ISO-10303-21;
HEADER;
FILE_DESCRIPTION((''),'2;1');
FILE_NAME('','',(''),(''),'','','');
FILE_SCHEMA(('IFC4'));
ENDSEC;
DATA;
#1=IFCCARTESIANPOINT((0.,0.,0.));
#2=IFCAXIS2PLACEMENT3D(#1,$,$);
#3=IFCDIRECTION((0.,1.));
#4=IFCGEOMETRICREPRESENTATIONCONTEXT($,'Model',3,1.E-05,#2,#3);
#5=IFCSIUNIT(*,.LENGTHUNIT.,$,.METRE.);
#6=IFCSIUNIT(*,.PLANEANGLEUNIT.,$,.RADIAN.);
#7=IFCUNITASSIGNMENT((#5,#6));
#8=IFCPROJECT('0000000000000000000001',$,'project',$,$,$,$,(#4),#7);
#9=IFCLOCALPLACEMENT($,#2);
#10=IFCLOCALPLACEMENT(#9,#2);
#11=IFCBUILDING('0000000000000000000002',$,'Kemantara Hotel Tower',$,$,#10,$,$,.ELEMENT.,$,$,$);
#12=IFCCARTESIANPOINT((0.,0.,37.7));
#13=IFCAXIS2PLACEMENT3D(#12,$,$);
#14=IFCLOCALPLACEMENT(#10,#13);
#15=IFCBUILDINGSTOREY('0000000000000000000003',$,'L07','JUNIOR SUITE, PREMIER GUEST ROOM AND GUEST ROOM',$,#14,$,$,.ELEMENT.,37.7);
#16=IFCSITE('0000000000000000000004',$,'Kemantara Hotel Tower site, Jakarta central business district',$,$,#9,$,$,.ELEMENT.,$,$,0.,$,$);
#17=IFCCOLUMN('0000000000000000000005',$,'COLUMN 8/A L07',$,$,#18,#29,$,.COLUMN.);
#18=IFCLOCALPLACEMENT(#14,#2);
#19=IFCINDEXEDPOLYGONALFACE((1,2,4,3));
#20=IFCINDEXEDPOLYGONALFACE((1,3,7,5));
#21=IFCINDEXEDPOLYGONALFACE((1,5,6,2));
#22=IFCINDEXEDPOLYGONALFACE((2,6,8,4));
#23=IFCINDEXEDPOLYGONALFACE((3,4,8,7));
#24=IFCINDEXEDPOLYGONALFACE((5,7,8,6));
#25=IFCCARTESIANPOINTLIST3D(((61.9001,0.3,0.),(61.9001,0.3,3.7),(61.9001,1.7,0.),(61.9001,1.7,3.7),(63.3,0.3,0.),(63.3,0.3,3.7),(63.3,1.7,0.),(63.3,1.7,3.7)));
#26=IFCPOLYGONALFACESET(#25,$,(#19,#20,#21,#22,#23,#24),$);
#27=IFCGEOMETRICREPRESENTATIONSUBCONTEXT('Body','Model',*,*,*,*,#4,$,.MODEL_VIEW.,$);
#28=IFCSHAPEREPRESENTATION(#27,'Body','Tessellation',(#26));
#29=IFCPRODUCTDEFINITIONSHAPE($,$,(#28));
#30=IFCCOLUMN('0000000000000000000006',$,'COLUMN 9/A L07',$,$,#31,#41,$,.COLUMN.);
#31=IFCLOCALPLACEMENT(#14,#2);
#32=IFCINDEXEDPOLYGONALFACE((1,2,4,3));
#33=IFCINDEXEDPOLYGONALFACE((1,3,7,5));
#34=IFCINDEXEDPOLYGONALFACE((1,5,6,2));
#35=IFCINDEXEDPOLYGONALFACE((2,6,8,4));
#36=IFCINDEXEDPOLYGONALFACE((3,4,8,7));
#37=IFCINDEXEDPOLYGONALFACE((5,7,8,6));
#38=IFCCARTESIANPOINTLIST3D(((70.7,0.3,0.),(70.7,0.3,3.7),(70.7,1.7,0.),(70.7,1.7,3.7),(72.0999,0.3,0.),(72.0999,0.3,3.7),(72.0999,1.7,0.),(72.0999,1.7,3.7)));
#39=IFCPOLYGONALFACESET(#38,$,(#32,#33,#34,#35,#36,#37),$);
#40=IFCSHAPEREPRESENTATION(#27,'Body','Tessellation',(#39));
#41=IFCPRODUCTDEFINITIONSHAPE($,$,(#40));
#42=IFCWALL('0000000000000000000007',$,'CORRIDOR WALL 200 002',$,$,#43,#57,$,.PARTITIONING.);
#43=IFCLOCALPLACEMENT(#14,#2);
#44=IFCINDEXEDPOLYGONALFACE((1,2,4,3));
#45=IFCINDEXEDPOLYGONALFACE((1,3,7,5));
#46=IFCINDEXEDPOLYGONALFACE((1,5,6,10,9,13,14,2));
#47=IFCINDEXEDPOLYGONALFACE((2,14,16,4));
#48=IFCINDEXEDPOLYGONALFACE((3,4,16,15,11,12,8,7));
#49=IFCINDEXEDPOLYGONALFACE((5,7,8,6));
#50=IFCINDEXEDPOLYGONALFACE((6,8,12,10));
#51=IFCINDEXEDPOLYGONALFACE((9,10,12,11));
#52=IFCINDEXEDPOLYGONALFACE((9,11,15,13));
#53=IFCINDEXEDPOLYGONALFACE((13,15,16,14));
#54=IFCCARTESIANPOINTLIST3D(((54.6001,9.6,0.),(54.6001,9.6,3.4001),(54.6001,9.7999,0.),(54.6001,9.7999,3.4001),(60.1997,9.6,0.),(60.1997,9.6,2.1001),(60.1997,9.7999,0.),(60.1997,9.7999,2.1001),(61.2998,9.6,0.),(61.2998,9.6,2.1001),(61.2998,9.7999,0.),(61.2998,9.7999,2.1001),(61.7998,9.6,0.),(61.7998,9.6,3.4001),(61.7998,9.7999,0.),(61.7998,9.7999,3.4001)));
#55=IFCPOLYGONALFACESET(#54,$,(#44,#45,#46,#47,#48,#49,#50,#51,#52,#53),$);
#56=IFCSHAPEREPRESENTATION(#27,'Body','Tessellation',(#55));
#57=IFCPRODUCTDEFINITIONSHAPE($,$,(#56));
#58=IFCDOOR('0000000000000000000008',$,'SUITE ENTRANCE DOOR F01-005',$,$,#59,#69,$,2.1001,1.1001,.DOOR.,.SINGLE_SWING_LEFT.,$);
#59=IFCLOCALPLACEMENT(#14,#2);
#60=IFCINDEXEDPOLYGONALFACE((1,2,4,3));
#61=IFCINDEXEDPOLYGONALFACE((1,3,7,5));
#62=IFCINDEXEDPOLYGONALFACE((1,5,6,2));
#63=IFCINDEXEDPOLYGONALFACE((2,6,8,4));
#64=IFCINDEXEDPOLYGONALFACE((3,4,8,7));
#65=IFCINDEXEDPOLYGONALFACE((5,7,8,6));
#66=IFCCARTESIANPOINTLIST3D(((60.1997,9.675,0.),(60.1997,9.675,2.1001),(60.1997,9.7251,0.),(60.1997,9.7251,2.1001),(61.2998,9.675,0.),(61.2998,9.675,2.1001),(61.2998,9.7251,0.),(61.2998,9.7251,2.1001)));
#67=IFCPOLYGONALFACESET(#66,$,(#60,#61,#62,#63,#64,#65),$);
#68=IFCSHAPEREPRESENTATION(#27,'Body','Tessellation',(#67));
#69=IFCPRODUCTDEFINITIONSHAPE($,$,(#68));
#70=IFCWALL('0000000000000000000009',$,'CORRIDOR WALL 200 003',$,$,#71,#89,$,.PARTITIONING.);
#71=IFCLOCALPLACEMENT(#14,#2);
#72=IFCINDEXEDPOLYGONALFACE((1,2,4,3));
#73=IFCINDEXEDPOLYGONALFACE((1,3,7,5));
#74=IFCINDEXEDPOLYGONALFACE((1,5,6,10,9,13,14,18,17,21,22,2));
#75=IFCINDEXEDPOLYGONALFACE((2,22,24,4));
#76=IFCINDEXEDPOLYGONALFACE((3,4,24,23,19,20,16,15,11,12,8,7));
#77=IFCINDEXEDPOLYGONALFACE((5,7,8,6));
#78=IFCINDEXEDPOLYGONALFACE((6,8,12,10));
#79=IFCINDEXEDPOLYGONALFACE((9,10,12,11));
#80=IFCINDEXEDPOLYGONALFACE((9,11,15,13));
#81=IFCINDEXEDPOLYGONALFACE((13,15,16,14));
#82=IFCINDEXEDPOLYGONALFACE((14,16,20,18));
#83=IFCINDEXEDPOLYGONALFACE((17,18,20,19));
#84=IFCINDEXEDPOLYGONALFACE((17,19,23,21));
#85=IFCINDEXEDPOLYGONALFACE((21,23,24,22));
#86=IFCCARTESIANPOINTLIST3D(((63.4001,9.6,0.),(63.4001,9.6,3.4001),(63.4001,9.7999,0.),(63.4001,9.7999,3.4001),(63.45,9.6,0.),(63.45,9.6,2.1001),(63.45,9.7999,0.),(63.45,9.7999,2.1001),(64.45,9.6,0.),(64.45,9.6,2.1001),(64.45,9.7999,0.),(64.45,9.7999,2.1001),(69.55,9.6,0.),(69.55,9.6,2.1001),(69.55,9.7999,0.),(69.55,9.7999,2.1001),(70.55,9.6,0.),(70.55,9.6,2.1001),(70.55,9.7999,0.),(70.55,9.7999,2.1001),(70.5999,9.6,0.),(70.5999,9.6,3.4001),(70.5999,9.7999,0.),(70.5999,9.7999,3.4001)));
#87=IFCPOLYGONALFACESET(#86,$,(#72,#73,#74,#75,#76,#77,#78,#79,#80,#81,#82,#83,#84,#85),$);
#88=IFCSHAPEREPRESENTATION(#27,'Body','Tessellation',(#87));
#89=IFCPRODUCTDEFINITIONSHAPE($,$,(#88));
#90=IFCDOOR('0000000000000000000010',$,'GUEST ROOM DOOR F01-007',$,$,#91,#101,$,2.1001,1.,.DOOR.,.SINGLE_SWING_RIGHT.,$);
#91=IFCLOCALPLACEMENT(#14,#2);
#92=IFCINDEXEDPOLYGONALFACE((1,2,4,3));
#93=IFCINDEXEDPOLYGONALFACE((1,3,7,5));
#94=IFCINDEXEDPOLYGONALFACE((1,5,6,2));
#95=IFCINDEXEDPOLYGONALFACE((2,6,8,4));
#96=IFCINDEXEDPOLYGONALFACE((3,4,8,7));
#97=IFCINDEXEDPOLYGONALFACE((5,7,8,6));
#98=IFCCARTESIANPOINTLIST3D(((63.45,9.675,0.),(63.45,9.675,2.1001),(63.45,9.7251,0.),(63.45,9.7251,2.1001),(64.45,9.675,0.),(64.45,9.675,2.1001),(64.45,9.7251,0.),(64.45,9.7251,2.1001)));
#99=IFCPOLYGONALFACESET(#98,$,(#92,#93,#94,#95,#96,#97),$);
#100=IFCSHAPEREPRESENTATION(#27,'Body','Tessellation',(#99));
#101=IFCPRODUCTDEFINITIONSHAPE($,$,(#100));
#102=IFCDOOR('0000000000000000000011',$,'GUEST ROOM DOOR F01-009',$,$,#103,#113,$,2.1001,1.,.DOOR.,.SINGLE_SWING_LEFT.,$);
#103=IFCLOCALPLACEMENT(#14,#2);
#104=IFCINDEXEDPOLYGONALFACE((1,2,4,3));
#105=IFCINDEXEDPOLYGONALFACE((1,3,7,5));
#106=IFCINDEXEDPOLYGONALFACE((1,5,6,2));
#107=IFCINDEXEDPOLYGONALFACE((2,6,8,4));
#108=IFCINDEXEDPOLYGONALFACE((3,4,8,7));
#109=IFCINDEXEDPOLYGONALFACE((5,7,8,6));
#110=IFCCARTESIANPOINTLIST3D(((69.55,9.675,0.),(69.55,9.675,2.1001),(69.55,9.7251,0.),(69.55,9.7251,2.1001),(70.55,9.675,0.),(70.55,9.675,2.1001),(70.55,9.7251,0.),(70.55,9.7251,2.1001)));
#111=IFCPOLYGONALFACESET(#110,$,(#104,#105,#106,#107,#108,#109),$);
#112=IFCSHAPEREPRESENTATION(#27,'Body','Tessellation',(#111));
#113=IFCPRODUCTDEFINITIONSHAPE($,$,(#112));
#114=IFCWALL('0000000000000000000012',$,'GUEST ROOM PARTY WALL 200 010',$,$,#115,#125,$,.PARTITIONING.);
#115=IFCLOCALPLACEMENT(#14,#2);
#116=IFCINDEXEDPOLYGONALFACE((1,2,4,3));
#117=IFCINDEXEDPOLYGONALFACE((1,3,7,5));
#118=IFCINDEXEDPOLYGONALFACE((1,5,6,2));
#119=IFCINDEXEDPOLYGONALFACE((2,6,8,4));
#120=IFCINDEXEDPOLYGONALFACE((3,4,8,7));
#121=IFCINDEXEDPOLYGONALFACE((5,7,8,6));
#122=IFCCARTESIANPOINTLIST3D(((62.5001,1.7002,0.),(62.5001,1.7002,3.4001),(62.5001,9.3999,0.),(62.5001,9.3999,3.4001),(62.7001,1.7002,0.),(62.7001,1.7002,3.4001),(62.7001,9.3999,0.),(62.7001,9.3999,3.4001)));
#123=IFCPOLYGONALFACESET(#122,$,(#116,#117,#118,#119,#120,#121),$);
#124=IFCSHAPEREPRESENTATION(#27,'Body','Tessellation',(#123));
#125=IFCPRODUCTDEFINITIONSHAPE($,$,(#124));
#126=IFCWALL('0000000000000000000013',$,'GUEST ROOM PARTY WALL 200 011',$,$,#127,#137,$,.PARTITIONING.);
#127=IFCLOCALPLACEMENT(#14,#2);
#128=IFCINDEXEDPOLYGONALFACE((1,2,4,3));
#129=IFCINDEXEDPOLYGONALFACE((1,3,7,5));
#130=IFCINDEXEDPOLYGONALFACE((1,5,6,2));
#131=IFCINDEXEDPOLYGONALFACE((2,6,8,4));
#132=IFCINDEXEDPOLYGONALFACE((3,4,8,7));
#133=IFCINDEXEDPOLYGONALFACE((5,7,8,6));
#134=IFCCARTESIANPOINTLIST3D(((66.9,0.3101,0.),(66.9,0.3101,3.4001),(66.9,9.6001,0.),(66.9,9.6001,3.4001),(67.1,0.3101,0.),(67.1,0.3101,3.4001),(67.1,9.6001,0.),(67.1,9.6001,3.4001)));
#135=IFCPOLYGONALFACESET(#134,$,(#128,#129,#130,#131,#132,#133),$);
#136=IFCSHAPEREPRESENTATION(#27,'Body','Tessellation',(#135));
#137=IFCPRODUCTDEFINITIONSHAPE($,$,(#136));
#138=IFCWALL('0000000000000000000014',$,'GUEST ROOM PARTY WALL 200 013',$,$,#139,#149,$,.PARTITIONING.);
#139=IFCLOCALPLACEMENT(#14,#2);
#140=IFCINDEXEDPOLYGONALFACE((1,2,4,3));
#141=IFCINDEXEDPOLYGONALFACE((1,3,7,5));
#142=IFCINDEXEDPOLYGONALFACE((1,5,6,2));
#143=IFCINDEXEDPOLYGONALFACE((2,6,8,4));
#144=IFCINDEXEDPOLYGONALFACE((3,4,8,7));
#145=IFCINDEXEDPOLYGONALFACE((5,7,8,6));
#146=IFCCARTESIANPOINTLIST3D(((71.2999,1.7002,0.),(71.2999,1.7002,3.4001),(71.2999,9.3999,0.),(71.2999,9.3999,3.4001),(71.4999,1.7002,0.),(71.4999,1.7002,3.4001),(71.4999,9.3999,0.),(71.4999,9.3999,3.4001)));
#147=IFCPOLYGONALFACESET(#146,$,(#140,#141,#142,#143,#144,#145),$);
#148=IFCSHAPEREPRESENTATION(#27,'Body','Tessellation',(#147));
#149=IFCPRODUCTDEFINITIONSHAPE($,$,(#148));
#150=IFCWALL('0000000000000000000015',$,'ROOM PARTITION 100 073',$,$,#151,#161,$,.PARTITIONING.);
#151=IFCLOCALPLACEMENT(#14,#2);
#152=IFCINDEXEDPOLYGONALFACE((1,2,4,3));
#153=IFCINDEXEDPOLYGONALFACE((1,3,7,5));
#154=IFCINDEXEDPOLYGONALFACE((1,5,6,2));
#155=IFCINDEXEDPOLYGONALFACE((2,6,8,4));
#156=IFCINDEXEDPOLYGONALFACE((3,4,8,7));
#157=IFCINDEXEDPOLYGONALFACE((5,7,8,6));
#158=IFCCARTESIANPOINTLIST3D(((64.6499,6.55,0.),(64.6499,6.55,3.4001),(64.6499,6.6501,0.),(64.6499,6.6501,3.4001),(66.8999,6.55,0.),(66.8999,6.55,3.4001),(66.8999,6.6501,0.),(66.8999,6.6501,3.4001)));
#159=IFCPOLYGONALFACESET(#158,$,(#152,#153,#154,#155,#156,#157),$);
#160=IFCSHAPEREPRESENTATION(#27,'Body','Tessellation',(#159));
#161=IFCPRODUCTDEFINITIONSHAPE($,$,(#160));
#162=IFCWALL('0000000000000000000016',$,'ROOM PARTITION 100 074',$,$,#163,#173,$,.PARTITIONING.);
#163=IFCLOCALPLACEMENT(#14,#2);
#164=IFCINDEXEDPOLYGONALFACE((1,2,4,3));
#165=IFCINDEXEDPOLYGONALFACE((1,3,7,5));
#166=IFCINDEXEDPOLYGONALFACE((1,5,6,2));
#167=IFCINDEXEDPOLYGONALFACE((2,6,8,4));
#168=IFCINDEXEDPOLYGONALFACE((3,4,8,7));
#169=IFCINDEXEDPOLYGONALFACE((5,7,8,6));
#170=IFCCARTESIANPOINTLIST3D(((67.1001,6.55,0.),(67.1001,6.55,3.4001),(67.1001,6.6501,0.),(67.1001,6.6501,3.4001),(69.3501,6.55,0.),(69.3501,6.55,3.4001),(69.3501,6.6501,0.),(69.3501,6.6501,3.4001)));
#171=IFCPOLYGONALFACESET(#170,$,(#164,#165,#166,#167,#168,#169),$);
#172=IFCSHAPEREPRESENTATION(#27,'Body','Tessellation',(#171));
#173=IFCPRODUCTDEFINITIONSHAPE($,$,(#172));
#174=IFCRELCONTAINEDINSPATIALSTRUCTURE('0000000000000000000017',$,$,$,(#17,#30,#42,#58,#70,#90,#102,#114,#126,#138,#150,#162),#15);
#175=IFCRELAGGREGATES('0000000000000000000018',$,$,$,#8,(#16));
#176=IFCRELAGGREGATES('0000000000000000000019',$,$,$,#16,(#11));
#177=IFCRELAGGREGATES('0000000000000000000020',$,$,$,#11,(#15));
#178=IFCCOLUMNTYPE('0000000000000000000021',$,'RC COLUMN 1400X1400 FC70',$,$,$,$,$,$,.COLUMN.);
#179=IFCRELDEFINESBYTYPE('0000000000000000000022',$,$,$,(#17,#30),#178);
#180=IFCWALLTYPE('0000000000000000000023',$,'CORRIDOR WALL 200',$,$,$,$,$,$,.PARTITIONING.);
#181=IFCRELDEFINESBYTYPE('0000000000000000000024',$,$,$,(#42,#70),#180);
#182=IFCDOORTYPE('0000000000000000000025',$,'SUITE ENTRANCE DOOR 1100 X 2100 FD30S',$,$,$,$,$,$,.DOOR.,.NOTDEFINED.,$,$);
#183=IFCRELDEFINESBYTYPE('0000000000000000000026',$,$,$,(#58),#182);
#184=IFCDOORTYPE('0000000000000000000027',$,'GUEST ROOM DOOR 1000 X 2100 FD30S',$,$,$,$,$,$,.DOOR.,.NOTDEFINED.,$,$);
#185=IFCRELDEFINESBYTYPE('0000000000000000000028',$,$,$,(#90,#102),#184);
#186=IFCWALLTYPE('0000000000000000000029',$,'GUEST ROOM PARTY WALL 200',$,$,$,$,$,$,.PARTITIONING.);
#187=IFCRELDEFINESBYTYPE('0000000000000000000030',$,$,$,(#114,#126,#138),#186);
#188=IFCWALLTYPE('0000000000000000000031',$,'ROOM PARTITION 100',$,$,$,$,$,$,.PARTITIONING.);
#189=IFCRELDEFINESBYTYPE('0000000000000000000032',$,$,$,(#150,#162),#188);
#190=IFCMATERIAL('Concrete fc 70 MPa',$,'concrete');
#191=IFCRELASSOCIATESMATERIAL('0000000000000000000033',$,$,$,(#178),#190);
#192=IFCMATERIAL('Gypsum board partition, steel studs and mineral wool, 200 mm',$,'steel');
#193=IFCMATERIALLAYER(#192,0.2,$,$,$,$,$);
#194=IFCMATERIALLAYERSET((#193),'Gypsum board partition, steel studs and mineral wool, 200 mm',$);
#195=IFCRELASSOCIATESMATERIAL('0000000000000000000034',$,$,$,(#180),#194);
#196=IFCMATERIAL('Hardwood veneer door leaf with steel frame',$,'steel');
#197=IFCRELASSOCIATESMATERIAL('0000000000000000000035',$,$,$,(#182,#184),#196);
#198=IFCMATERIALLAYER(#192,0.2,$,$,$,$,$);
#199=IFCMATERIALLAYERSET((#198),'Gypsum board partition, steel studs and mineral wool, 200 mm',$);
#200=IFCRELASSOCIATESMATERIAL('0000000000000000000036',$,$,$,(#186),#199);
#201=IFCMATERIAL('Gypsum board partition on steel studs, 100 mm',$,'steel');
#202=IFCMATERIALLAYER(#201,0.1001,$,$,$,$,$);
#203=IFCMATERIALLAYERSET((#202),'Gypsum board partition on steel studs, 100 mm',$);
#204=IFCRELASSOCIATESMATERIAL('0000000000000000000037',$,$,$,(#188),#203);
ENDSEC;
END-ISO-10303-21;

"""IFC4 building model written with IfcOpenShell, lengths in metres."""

from ifc_helpers import new_model, si_unit, direction, frame, frame_2d, origin, origin_2d, place, context, subcontext, project, spatial, rectangle, extrude, material, layer, layer_set, material_profile, profile_set, type_object, element, fill, save


model = new_model("IFC4")

# Units and contexts
model_context = context("Model", 3, precision=1e-05, world=origin(), true_north=direction((0.0, 1.0)))
body_context = subcontext(model_context, "Body", "Model", "MODEL_VIEW")
ifc_project = project(units=[si_unit("LENGTHUNIT", "METRE"), si_unit("PLANEANGLEUNIT", "RADIAN")], contexts=[model_context])

# Site, building, storey
site_placement = place(None, origin())
site = spatial("IfcSite", under=ifc_project, at=site_placement, Name="Kemantara Hotel Tower site, Jakarta central business district", CompositionType="ELEMENT", RefElevation=0.0)
building_placement = place(site_placement, origin())
building = spatial("IfcBuilding", under=site, at=building_placement, Name="Kemantara Hotel Tower", CompositionType="ELEMENT")
storey_placement = place(building_placement, frame((0.0, 0.0, 37.7)))
storey = spatial("IfcBuildingStorey", under=building, at=storey_placement, Name="L07", Description="JUNIOR SUITE, PREMIER GUEST ROOM AND GUEST ROOM", CompositionType="ELEMENT", Elevation=37.7)

# Columns
ifc_material_1 = material(Name="Concrete fc 70 MPa", Category="concrete")
ifc_material_profile = material_profile(ifc_material_1, rectangle(XDim=1.3999, YDim=1.3999, at=origin_2d()), Name="RC 1400X1400")
ifc_profile_set = profile_set([ifc_material_profile], Name="Concrete fc 70 MPa")
column_type = type_object("IfcColumnType", Name="RC COLUMN 1400X1400 FC70", PredefinedType="COLUMN", material=ifc_profile_set)
for number, where, z_axis, x_axis, name in (
    (1, (62.6001, 1.0, 0.0), (0.0, 0.0, 1.0), (1.0, 0.0, 0.0), "COLUMN 8/A L07"),
    (2, (71.3999, 1.0, 0.0), (0.0, 0.0, 1.0), (1.0, 0.0, 0.0), "COLUMN 9/A L07"),
):
    element("IfcColumn", number, at=place(storey_placement, frame(where, z_axis=z_axis, x_axis=x_axis)), inside=storey, type_object=column_type, Name=name, PredefinedType="COLUMN", context=body_context, shape_type="SweptSolid", body=[
        extrude(rectangle(XDim=1.3999, YDim=1.3999, at=origin_2d()), origin(), (0.0, 0.0, 1.0), 3.7),
    ])

# Wall, opening, door
ifc_material_2 = material(Name="Gypsum board partition, steel studs and mineral wool, 200 mm", Category="steel")
ifc_layer_1 = layer(ifc_material_2, 0.2)
ifc_layer_set_1 = layer_set([ifc_layer_1], Name="Gypsum board partition, steel studs and mineral wool, 200 mm")
wall_type_1 = type_object("IfcWallType", Name="CORRIDOR WALL 200", PredefinedType="PARTITIONING", material=ifc_layer_set_1)
wall_1_placement = place(storey_placement, frame((61.7998, 9.7, 0.0), z_axis=(0.0, 0.0, 1.0), x_axis=(-1.0, 0.0, 0.0)))
wall_1 = element("IfcWall", 3, at=wall_1_placement, inside=storey, type_object=wall_type_1, Name="CORRIDOR WALL 200 002", PredefinedType="PARTITIONING", context=body_context, shape_type="SweptSolid", body=[
    extrude(rectangle(XDim=7.1997, YDim=0.2, at=frame_2d((3.5999, 0.0))), origin(), (0.0, 0.0, 1.0), 3.4001),
])
opening_1_placement = place(wall_1_placement, frame((0.5, 0.0, 0.0)))
opening_1 = element("IfcOpeningElement", 4, at=opening_1_placement, cuts=wall_1, PredefinedType="OPENING", context=body_context, shape_type="SweptSolid", body=[
    extrude(rectangle(XDim=1.1001, YDim=2.1001, at=frame_2d((0.55, 1.05))), frame((0.0, 0.1099, 0.0), z_axis=(0.0, -1.0, 0.0), x_axis=(1.0, 0.0, 0.0)), (0.0, 0.0, 1.0), 0.22),
])
ifc_material_3 = material(Name="Hardwood veneer door leaf with steel frame", Category="steel")
door_type_1 = type_object("IfcDoorType", Name="SUITE ENTRANCE DOOR 1100 X 2100 FD30S", OperationType="NOTDEFINED", PredefinedType="DOOR", material=ifc_material_3)
door_1_placement = place(opening_1_placement, origin())
door_1 = element("IfcDoor", 5, at=door_1_placement, inside=storey, type_object=door_type_1, Name="SUITE ENTRANCE DOOR F01-005", OperationType="SINGLE_SWING_LEFT", OverallHeight=2.1001, OverallWidth=1.1001, PredefinedType="DOOR", context=body_context, shape_type="SweptSolid", body=[
    extrude(rectangle(XDim=1.1001, YDim=2.1001, at=frame_2d((0.55, 1.05))), frame((0.0, 0.0249, 0.0), z_axis=(0.0, -1.0, 0.0), x_axis=(1.0, 0.0, 0.0)), (0.0, 0.0, 1.0), 0.05),
])
fill(opening_1, door_1)

# Wall, openings, doors
wall_2_placement = place(storey_placement, frame((70.5999, 9.7, 0.0), z_axis=(0.0, 0.0, 1.0), x_axis=(-1.0, 0.0, 0.0)))
wall_2 = element("IfcWall", 6, at=wall_2_placement, inside=storey, type_object=wall_type_1, Name="CORRIDOR WALL 200 003", PredefinedType="PARTITIONING", context=body_context, shape_type="SweptSolid", body=[
    extrude(rectangle(XDim=7.1997, YDim=0.2, at=frame_2d((3.5999, 0.0))), origin(), (0.0, 0.0, 1.0), 3.4001),
])
opening_2_placement = place(wall_2_placement, frame((6.1499, 0.0, 0.0)))
opening_2 = element("IfcOpeningElement", 7, at=opening_2_placement, cuts=wall_2, PredefinedType="OPENING", context=body_context, shape_type="SweptSolid", body=[
    extrude(rectangle(XDim=1.0, YDim=2.1001, at=frame_2d((0.5, 1.05))), frame((0.0, 0.1099, 0.0), z_axis=(0.0, -1.0, 0.0), x_axis=(1.0, 0.0, 0.0)), (0.0, 0.0, 1.0), 0.22),
])
opening_3_placement = place(wall_2_placement, frame((0.0498, 0.0, 0.0)))
opening_3 = element("IfcOpeningElement", 8, at=opening_3_placement, cuts=wall_2, PredefinedType="OPENING", context=body_context, shape_type="SweptSolid", body=[
    extrude(rectangle(XDim=1.0, YDim=2.1001, at=frame_2d((0.5, 1.05))), frame((0.0, 0.1099, 0.0), z_axis=(0.0, -1.0, 0.0), x_axis=(1.0, 0.0, 0.0)), (0.0, 0.0, 1.0), 0.22),
])
door_type_2 = type_object("IfcDoorType", Name="GUEST ROOM DOOR 1000 X 2100 FD30S", OperationType="NOTDEFINED", PredefinedType="DOOR", material=ifc_material_3)
door_2_placement = place(opening_2_placement, origin())
door_2 = element("IfcDoor", 9, at=door_2_placement, inside=storey, type_object=door_type_2, Name="GUEST ROOM DOOR F01-007", OperationType="SINGLE_SWING_RIGHT", OverallHeight=2.1001, OverallWidth=1.0, PredefinedType="DOOR", context=body_context, shape_type="SweptSolid", body=[
    extrude(rectangle(XDim=1.0, YDim=2.1001, at=frame_2d((0.5, 1.05))), frame((0.0, 0.0249, 0.0), z_axis=(0.0, -1.0, 0.0), x_axis=(1.0, 0.0, 0.0)), (0.0, 0.0, 1.0), 0.05),
])
fill(opening_2, door_2)
door_3_placement = place(opening_3_placement, origin())
door_3 = element("IfcDoor", 10, at=door_3_placement, inside=storey, type_object=door_type_2, Name="GUEST ROOM DOOR F01-009", OperationType="SINGLE_SWING_LEFT", OverallHeight=2.1001, OverallWidth=1.0, PredefinedType="DOOR", context=body_context, shape_type="SweptSolid", body=[
    extrude(rectangle(XDim=1.0, YDim=2.1001, at=frame_2d((0.5, 1.05))), frame((0.0, 0.0249, 0.0), z_axis=(0.0, -1.0, 0.0), x_axis=(1.0, 0.0, 0.0)), (0.0, 0.0, 1.0), 0.05),
])
fill(opening_3, door_3)

# Walls
ifc_layer_2 = layer(ifc_material_2, 0.2)
ifc_layer_set_2 = layer_set([ifc_layer_2], Name="Gypsum board partition, steel studs and mineral wool, 200 mm")
wall_type_2 = type_object("IfcWallType", Name="GUEST ROOM PARTY WALL 200", PredefinedType="PARTITIONING", material=ifc_layer_set_2)
wall_3_placement = place(storey_placement, frame((62.6001, 1.7002, 0.0), z_axis=(0.0, 0.0, 1.0), x_axis=(0.0, 1.0, 0.0)))
element("IfcWall", 11, at=wall_3_placement, inside=storey, type_object=wall_type_2, Name="GUEST ROOM PARTY WALL 200 010", PredefinedType="PARTITIONING", context=body_context, shape_type="SweptSolid", body=[
    extrude(rectangle(XDim=7.6997, YDim=0.2, at=frame_2d((3.8499, 0.0))), origin(), (0.0, 0.0, 1.0), 3.4001),
])
wall_4_placement = place(storey_placement, frame((67.0, 0.3101, 0.0), z_axis=(0.0, 0.0, 1.0), x_axis=(0.0, 1.0, 0.0)))
element("IfcWall", 12, at=wall_4_placement, inside=storey, type_object=wall_type_2, Name="GUEST ROOM PARTY WALL 200 011", PredefinedType="PARTITIONING", context=body_context, shape_type="SweptSolid", body=[
    extrude(rectangle(XDim=9.29, YDim=0.2, at=frame_2d((4.645, 0.0))), origin(), (0.0, 0.0, 1.0), 3.4001),
])
wall_5_placement = place(storey_placement, frame((71.3999, 1.7002, 0.0), z_axis=(0.0, 0.0, 1.0), x_axis=(0.0, 1.0, 0.0)))
element("IfcWall", 13, at=wall_5_placement, inside=storey, type_object=wall_type_2, Name="GUEST ROOM PARTY WALL 200 013", PredefinedType="PARTITIONING", context=body_context, shape_type="SweptSolid", body=[
    extrude(rectangle(XDim=7.6997, YDim=0.2, at=frame_2d((3.8499, 0.0))), origin(), (0.0, 0.0, 1.0), 3.4001),
])
ifc_material_4 = material(Name="Gypsum board partition on steel studs, 100 mm", Category="steel")
ifc_layer_3 = layer(ifc_material_4, 0.1001)
ifc_layer_set_3 = layer_set([ifc_layer_3], Name="Gypsum board partition on steel studs, 100 mm")
wall_type_3 = type_object("IfcWallType", Name="ROOM PARTITION 100", PredefinedType="PARTITIONING", material=ifc_layer_set_3)
for number, where, z_axis, x_axis, name in (
    (14, (64.6499, 6.6001, 0.0), (0.0, 0.0, 1.0), (1.0, 0.0, 0.0), "ROOM PARTITION 100 073"),
    (15, (67.1001, 6.6001, 0.0), (0.0, 0.0, 1.0), (1.0, 0.0, 0.0), "ROOM PARTITION 100 074"),
):
    element("IfcWall", number, at=place(storey_placement, frame(where, z_axis=z_axis, x_axis=x_axis)), inside=storey, type_object=wall_type_3, Name=name, PredefinedType="PARTITIONING", context=body_context, shape_type="SweptSolid", body=[
        extrude(rectangle(XDim=2.25, YDim=0.1001, at=frame_2d((1.125, 0.0))), origin(), (0.0, 0.0, 1.0), 3.4001),
    ])

save(model, "model.ifc")
